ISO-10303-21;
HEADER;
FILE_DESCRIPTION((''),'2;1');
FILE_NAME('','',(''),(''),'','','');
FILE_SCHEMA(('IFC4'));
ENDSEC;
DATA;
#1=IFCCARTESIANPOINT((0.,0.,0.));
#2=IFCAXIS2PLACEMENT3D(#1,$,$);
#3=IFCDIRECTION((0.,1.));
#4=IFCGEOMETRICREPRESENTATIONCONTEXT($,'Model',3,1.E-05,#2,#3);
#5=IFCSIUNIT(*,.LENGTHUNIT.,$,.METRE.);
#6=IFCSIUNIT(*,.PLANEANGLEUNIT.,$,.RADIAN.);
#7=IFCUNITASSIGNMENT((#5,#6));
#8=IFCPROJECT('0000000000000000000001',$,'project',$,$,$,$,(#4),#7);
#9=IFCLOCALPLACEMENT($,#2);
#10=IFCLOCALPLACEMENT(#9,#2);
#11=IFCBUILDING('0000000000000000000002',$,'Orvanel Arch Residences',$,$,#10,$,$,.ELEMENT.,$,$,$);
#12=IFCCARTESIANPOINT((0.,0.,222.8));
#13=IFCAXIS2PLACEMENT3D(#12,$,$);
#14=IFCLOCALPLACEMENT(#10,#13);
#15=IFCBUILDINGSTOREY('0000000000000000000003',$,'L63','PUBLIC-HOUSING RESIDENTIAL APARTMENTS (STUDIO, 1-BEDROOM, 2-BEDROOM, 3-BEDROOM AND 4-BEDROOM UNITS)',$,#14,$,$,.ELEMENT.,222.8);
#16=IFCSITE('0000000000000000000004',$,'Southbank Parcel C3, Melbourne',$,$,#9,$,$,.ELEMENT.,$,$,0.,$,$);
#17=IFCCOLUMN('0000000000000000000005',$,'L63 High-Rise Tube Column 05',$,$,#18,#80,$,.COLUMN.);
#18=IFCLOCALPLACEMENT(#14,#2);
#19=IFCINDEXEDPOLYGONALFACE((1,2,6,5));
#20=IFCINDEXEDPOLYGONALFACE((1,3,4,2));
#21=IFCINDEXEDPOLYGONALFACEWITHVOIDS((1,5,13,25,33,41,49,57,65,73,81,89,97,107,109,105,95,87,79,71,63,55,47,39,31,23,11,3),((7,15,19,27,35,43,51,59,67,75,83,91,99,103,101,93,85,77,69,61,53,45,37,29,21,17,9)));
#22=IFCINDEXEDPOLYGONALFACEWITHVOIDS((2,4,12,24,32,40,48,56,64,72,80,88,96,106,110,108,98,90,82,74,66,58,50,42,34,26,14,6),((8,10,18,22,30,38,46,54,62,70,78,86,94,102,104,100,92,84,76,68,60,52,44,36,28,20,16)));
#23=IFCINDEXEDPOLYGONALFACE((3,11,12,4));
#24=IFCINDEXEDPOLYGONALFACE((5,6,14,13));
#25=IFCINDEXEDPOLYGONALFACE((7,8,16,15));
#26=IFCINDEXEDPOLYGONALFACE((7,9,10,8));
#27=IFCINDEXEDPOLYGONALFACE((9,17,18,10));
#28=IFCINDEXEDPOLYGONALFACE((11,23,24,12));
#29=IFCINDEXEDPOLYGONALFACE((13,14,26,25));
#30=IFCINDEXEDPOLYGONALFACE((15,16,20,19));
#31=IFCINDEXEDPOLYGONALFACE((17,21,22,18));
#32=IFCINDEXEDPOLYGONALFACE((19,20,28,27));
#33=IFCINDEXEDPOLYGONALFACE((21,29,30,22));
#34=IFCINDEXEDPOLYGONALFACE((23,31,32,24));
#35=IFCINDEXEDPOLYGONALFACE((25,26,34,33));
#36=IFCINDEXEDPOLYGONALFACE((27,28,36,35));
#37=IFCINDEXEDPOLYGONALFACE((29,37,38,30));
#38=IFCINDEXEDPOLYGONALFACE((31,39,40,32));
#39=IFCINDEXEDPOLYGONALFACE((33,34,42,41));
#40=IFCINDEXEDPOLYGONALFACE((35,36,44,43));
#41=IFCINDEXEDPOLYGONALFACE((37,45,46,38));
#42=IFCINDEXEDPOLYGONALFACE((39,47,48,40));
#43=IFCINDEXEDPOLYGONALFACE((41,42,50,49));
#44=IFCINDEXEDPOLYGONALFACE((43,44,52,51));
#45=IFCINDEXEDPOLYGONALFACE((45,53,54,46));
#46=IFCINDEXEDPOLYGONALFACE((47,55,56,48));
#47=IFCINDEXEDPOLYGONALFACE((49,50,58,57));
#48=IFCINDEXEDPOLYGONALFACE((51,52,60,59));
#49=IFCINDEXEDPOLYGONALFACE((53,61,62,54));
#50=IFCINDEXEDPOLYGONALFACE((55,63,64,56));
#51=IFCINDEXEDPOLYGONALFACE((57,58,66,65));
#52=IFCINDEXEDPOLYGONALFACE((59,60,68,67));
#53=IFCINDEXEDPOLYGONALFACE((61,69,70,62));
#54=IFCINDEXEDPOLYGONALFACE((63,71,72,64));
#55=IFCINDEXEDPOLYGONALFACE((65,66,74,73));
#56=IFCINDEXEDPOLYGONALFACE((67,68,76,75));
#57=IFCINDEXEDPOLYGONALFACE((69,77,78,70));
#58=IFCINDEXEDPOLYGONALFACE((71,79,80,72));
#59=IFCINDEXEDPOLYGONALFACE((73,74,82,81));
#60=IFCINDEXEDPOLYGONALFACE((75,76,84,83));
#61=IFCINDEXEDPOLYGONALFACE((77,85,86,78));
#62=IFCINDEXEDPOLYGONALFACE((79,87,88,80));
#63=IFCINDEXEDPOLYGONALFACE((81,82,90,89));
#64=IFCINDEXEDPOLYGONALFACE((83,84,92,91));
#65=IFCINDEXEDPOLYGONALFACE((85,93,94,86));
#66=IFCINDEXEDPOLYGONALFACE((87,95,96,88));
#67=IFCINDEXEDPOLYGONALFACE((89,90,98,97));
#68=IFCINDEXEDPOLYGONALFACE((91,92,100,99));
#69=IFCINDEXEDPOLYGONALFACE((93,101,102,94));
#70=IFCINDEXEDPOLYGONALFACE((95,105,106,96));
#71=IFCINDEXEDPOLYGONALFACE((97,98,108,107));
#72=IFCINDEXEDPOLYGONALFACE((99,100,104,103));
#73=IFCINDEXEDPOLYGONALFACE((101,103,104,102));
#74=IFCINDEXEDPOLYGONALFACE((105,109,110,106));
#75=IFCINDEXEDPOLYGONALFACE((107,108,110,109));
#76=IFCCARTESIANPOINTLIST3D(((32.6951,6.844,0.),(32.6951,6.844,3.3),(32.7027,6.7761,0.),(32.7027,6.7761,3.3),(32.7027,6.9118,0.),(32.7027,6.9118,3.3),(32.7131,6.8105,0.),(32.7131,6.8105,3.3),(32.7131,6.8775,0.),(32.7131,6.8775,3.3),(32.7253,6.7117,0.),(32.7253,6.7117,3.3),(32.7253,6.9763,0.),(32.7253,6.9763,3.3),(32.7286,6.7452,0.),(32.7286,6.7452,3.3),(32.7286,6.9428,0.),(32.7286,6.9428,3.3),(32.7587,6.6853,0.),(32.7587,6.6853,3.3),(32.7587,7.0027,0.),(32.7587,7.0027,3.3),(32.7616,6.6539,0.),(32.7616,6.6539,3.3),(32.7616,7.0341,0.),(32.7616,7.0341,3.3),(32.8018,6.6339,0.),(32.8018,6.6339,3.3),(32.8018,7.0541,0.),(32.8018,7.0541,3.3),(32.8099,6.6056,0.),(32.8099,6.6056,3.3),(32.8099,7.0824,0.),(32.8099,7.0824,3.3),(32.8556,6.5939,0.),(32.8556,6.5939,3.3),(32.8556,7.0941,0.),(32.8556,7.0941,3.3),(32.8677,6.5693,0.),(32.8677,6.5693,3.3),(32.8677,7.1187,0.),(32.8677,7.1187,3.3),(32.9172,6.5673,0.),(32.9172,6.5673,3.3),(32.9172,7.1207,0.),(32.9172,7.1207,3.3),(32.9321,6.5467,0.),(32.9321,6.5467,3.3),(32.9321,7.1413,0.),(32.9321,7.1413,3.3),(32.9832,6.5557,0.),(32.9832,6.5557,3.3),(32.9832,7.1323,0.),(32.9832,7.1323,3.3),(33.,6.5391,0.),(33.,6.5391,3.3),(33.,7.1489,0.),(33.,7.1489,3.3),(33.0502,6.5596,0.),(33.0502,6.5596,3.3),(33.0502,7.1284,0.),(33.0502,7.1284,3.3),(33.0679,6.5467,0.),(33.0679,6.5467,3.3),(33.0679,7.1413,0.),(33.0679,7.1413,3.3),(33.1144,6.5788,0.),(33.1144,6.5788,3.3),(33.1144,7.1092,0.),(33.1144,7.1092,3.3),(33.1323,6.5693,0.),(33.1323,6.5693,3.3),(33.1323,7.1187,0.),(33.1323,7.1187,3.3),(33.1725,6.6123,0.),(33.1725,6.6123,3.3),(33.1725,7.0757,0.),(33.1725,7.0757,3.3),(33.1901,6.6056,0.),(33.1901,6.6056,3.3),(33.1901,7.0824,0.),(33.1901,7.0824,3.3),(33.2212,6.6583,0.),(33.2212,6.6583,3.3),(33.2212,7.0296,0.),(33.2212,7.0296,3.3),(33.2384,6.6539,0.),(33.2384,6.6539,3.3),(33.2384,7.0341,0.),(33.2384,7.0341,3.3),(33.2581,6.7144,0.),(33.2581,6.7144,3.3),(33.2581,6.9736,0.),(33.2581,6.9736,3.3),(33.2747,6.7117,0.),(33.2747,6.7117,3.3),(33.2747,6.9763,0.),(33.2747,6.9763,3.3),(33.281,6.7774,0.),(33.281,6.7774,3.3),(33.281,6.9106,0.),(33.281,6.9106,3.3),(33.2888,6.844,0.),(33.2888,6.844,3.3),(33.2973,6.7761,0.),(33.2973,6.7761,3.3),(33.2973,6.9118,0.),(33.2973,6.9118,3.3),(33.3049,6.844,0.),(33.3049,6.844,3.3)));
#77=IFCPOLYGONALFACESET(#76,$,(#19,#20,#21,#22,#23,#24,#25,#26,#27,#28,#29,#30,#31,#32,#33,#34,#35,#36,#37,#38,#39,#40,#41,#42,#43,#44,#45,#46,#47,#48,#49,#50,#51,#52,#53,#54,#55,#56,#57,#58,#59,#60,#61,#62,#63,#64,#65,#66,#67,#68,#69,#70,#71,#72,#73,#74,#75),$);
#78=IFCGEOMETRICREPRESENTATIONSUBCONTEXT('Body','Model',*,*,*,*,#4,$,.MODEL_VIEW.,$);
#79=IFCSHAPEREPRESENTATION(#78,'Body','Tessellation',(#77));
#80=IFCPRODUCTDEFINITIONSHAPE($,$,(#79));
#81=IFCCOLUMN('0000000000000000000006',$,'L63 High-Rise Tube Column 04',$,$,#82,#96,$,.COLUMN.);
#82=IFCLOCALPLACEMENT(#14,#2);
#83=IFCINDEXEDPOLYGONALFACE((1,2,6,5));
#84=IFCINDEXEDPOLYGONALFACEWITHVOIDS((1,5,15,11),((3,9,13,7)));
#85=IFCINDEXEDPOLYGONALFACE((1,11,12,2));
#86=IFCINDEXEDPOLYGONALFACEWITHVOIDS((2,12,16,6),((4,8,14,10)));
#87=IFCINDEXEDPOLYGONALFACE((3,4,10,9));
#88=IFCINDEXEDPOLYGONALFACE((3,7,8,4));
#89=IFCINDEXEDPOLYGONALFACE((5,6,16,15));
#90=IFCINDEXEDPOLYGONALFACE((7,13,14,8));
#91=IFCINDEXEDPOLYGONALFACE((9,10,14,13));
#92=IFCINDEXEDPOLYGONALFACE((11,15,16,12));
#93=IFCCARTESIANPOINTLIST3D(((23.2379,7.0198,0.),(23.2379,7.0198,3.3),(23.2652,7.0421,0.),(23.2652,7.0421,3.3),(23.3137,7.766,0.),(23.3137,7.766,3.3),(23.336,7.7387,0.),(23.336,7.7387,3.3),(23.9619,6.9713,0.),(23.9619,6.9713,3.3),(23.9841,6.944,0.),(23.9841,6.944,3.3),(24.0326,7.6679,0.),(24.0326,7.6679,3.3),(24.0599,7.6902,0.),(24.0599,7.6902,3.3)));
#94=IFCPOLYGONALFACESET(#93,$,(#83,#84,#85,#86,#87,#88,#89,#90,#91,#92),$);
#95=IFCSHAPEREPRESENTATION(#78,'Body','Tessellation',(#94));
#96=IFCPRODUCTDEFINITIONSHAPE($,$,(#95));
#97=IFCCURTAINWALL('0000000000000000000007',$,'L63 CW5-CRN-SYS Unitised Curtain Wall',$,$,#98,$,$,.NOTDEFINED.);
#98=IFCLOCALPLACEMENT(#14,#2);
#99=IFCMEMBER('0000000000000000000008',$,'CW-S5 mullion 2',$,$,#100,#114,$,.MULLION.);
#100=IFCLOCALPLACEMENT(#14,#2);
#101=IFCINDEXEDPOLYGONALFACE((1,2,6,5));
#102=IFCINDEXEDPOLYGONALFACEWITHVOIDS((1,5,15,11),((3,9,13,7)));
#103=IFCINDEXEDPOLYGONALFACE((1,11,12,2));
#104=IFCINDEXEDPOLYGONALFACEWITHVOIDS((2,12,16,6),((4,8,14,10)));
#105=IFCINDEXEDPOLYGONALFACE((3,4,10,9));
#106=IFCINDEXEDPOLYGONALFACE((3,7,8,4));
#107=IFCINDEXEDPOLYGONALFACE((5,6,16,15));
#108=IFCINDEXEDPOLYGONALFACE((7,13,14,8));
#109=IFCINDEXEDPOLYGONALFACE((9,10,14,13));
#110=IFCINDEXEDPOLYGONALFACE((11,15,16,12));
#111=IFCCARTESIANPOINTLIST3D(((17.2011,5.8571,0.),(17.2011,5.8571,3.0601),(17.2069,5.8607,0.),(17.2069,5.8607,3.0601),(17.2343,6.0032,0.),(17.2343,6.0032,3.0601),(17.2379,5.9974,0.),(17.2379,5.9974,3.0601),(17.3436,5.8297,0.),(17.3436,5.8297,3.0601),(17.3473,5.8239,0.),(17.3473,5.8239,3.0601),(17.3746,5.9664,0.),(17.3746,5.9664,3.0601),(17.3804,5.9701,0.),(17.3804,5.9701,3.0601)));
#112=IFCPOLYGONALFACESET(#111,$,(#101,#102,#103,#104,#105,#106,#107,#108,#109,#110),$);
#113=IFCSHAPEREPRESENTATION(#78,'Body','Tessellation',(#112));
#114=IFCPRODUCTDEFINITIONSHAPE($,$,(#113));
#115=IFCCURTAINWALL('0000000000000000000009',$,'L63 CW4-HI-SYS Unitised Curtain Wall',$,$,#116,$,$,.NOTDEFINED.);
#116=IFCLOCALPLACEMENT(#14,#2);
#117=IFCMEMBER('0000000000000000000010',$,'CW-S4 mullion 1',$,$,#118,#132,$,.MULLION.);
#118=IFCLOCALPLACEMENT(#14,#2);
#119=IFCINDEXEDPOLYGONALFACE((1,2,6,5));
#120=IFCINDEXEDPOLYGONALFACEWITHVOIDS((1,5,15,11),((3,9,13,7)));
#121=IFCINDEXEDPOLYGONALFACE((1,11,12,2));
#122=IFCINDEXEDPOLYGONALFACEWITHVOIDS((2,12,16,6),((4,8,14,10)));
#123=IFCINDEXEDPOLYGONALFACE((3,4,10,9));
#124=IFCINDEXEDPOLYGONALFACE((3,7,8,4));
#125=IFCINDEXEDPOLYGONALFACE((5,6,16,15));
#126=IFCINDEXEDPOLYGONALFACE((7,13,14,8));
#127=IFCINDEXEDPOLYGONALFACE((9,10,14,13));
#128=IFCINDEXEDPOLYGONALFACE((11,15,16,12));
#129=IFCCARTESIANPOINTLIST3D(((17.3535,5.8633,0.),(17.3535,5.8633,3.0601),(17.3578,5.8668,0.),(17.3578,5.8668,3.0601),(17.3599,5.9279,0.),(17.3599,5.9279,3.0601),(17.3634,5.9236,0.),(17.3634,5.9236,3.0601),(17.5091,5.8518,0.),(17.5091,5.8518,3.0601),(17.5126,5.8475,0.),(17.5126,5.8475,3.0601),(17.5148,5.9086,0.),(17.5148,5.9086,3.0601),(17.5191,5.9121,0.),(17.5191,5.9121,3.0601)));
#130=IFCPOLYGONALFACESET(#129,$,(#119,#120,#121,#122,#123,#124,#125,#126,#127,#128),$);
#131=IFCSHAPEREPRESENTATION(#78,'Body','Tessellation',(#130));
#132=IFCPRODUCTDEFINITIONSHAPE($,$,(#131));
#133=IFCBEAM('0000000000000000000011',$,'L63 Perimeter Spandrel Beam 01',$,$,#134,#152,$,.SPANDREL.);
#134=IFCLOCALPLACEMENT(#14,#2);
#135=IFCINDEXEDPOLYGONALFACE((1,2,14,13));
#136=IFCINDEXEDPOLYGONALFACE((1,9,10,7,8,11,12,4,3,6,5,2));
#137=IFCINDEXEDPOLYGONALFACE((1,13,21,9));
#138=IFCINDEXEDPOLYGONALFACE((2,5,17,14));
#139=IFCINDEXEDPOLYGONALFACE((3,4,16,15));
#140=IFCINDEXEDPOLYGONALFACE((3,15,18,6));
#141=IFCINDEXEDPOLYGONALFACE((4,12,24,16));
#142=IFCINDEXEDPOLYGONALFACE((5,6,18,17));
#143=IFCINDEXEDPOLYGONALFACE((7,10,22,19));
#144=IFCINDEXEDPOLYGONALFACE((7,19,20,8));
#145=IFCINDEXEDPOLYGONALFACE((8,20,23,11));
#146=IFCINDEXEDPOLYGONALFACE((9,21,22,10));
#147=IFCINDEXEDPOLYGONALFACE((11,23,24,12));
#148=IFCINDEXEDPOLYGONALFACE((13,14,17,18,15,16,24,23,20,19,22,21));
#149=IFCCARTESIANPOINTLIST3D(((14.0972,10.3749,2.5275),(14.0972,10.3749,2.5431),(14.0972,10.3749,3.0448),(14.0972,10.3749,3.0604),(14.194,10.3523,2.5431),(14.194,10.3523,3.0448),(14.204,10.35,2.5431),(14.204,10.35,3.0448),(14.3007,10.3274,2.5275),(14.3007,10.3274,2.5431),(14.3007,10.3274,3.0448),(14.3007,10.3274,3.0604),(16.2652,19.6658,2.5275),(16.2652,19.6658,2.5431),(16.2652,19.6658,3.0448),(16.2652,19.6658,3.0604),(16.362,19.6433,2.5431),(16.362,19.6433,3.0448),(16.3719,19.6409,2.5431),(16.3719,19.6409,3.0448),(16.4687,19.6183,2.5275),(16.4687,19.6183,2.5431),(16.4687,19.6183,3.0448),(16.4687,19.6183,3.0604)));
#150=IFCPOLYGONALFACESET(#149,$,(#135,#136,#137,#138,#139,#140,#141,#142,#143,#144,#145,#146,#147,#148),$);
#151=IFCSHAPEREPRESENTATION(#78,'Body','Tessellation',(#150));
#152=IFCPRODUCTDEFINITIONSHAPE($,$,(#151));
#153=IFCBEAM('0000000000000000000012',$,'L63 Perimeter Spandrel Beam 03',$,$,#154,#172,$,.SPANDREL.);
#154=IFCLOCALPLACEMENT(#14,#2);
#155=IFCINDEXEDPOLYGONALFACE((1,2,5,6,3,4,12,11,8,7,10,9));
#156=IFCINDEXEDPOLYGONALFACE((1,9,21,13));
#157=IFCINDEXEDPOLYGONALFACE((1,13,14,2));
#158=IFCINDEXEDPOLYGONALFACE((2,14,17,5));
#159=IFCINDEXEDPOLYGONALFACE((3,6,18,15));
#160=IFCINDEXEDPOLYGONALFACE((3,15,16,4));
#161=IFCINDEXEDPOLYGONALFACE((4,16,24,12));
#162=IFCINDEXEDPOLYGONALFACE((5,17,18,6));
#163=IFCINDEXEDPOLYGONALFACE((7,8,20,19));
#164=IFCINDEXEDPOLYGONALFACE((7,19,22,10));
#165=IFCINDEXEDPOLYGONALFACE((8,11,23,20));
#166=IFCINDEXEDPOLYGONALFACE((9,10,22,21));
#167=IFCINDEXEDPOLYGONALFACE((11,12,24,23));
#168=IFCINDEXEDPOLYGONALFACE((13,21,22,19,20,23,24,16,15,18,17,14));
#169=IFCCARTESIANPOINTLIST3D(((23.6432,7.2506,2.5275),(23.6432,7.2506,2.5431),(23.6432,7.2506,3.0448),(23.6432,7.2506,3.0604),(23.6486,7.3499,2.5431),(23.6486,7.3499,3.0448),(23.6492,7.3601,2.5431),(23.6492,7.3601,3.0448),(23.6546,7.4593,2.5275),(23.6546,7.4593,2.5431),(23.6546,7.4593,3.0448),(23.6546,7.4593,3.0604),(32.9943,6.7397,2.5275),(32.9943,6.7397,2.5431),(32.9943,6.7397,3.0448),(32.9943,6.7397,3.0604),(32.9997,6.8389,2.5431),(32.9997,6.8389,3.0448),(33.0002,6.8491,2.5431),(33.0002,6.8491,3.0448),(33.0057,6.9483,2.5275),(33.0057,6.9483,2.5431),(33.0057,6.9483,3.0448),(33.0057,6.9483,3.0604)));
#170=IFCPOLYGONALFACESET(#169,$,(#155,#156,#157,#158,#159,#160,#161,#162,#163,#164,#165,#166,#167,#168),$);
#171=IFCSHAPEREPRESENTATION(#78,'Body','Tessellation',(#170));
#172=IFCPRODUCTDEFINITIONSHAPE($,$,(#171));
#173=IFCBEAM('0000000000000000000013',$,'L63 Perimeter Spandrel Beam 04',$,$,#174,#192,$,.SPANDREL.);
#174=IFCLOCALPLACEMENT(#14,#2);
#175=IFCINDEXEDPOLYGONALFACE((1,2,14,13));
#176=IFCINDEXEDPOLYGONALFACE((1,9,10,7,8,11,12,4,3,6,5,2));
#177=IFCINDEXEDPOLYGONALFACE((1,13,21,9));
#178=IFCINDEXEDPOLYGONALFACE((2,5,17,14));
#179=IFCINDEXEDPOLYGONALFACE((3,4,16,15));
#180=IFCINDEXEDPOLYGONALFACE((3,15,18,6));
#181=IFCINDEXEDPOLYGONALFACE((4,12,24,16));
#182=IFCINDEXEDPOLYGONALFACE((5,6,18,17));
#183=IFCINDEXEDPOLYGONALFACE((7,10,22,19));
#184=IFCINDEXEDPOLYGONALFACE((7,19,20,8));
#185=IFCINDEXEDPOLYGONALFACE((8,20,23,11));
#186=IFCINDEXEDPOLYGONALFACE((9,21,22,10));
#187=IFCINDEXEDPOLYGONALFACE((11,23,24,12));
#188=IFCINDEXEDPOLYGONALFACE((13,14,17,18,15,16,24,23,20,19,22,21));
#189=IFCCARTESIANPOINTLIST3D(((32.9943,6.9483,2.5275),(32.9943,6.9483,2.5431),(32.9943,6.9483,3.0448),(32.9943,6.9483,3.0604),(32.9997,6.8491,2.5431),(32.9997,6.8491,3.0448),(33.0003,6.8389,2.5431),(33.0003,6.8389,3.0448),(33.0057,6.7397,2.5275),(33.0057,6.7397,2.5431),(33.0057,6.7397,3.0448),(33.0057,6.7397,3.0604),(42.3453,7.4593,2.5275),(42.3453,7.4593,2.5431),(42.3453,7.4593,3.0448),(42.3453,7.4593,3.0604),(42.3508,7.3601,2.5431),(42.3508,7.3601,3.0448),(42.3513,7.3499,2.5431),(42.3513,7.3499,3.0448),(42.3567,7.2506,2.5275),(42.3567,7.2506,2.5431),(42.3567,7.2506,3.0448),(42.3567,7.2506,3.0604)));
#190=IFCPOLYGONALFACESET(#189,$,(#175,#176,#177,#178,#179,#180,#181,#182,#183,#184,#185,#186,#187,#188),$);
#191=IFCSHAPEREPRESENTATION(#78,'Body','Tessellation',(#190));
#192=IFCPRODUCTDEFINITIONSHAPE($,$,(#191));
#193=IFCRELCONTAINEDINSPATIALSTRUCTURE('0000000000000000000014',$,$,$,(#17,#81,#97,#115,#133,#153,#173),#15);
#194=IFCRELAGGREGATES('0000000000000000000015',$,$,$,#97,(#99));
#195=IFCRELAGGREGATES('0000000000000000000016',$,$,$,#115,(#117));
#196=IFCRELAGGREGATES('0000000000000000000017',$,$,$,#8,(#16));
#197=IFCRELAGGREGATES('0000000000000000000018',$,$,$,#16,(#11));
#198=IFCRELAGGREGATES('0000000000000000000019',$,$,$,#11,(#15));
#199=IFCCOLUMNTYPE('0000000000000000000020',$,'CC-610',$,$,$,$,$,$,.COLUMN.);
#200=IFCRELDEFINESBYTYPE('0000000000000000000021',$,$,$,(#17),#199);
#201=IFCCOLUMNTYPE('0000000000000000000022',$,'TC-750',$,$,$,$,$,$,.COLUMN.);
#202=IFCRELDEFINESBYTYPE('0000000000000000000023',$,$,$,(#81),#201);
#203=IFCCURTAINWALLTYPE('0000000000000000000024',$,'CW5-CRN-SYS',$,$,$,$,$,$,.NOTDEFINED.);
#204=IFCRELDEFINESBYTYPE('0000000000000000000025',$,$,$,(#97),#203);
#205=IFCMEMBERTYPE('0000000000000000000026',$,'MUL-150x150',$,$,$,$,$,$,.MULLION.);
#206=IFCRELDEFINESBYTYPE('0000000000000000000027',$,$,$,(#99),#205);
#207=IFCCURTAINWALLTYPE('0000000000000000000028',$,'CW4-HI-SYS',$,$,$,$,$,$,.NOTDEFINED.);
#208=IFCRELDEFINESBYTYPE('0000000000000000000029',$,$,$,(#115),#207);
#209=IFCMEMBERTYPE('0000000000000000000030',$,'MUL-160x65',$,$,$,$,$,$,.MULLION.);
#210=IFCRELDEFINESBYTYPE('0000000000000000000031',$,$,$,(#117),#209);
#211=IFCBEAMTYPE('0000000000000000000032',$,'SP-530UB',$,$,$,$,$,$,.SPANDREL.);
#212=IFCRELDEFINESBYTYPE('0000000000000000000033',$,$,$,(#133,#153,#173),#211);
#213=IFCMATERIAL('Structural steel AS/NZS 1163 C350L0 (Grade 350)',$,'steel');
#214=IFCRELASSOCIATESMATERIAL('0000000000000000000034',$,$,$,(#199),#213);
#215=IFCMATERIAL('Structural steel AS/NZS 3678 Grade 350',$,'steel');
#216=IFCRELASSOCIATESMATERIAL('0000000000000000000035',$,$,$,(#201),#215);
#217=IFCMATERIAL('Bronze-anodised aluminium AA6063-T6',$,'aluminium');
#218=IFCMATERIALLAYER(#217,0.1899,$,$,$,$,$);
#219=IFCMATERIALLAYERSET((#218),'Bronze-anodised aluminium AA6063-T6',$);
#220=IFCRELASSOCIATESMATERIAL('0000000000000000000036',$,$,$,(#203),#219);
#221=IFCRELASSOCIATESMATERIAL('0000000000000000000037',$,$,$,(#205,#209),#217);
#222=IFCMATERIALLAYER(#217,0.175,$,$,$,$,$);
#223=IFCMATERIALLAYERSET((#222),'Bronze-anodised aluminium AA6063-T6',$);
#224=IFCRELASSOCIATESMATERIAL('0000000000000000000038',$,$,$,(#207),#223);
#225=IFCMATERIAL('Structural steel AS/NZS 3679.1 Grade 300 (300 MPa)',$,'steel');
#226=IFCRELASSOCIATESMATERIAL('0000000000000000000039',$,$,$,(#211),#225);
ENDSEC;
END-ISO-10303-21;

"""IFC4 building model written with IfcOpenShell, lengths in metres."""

from ifc_helpers import new_model, si_unit, direction, frame, origin, origin_2d, place, context, subcontext, project, spatial, hollow_rectangle, hollow_circle, i_section, extrude, material, layer, layer_set, material_profile, profile_set, type_object, element, aggregate, save


model = new_model("IFC4")

# Units and contexts
model_context = context("Model", 3, precision=1e-05, world=origin(), true_north=direction((0.0, 1.0)))
body_context = subcontext(model_context, "Body", "Model", "MODEL_VIEW")
ifc_project = project(units=[si_unit("LENGTHUNIT", "METRE"), si_unit("PLANEANGLEUNIT", "RADIAN")], contexts=[model_context])

# Site, building, storey
site_placement = place(None, origin())
site = spatial("IfcSite", under=ifc_project, at=site_placement, Name="Southbank Parcel C3, Melbourne", CompositionType="ELEMENT", RefElevation=0.0)
building_placement = place(site_placement, origin())
building = spatial("IfcBuilding", under=site, at=building_placement, Name="Orvanel Arch Residences", CompositionType="ELEMENT")
storey_placement = place(building_placement, frame((0.0, 0.0, 222.8)))
storey = spatial("IfcBuildingStorey", under=building, at=storey_placement, Name="L63", Description="PUBLIC-HOUSING RESIDENTIAL APARTMENTS (STUDIO, 1-BEDROOM, 2-BEDROOM, 3-BEDROOM AND 4-BEDROOM UNITS)", CompositionType="ELEMENT", Elevation=222.8)

# Columns
ifc_material_1 = material(Name="Structural steel AS/NZS 1163 C350L0 (Grade 350)", Category="steel")
ifc_material_profile_1 = material_profile(ifc_material_1, hollow_circle(Radius=0.3049, WallThickness=0.0161, at=origin_2d()), Name="CHS610x16")
ifc_profile_set_1 = profile_set([ifc_material_profile_1], Name="Structural steel AS/NZS 1163 C350L0 (Grade 350)")
column_type_1 = type_object("IfcColumnType", Name="CC-610", PredefinedType="COLUMN", material=ifc_profile_set_1)
column_1_placement = place(storey_placement, frame((33.0, 6.844, 0.0), z_axis=(0.0, 0.0, 1.0), x_axis=(1.0, 0.0, 0.0)))
element("IfcColumn", 1, at=column_1_placement, inside=storey, type_object=column_type_1, Name="L63 High-Rise Tube Column 05", PredefinedType="COLUMN", context=body_context, shape_type="SweptSolid", body=[
    extrude(hollow_circle(Radius=0.3049, WallThickness=0.0161, at=origin_2d()), origin(), (0.0, 0.0, 1.0), 3.3),
])
ifc_material_2 = material(Name="Structural steel AS/NZS 3678 Grade 350", Category="steel")
ifc_material_profile_2 = material_profile(ifc_material_2, hollow_rectangle(XDim=0.75, YDim=0.75, WallThickness=0.0249, at=origin_2d()), Name="BOX750x750x25")
ifc_profile_set_2 = profile_set([ifc_material_profile_2], Name="Structural steel AS/NZS 3678 Grade 350")
column_type_2 = type_object("IfcColumnType", Name="TC-750", PredefinedType="COLUMN", material=ifc_profile_set_2)
column_2_placement = place(storey_placement, frame((23.6489, 7.355, 0.0), z_axis=(0.0, 0.0, 1.0), x_axis=(-0.994881, 0.101056, 0.0)))
element("IfcColumn", 2, at=column_2_placement, inside=storey, type_object=column_type_2, Name="L63 High-Rise Tube Column 04", PredefinedType="COLUMN", context=body_context, shape_type="SweptSolid", body=[
    extrude(hollow_rectangle(XDim=0.75, YDim=0.75, WallThickness=0.0249, at=origin_2d()), origin(), (0.0, 0.0, 1.0), 3.3),
])

# Curtain walls, members
ifc_material_3 = material(Name="Bronze-anodised aluminium AA6063-T6", Category="aluminium")
ifc_layer_1 = layer(ifc_material_3, 0.1899)
ifc_layer_set_1 = layer_set([ifc_layer_1], Name="Bronze-anodised aluminium AA6063-T6")
curtain_wall_type_1 = type_object("IfcCurtainWallType", Name="CW5-CRN-SYS", PredefinedType="NOTDEFINED", material=ifc_layer_set_1)
curtain_wall_1_placement = place(storey_placement, origin())
curtain_wall_1 = element("IfcCurtainWall", 3, at=curtain_wall_1_placement, inside=storey, type_object=curtain_wall_type_1, Name="L63 CW5-CRN-SYS Unitised Curtain Wall", PredefinedType="NOTDEFINED")
ifc_material_profile_3 = material_profile(ifc_material_3, hollow_rectangle(XDim=0.1499, YDim=0.1499, WallThickness=0.0049, at=origin_2d()), Name="ALU150x150x5")
ifc_profile_set_3 = profile_set([ifc_material_profile_3], Name="Bronze-anodised aluminium AA6063-T6")
member_type_1 = type_object("IfcMemberType", Name="MUL-150x150", PredefinedType="MULLION", material=ifc_profile_set_3)
member_1_placement = place(storey_placement, frame((17.2908, 5.9136, 0.0), z_axis=(0.0, 0.0, 1.0), x_axis=(0.221184, 0.975232, 0.0)))
member_1 = element("IfcMember", 4, at=member_1_placement, type_object=member_type_1, Name="CW-S5 mullion 2", PredefinedType="MULLION", context=body_context, shape_type="SweptSolid", body=[
    extrude(hollow_rectangle(XDim=0.1499, YDim=0.1499, WallThickness=0.0049, at=origin_2d()), origin(), (0.0, 0.0, 1.0), 3.0601),
])
aggregate(curtain_wall_1, [member_1])
ifc_layer_2 = layer(ifc_material_3, 0.175)
ifc_layer_set_2 = layer_set([ifc_layer_2], Name="Bronze-anodised aluminium AA6063-T6")
curtain_wall_type_2 = type_object("IfcCurtainWallType", Name="CW4-HI-SYS", PredefinedType="NOTDEFINED", material=ifc_layer_set_2)
curtain_wall_2_placement = place(storey_placement, origin())
curtain_wall_2 = element("IfcCurtainWall", 5, at=curtain_wall_2_placement, inside=storey, type_object=curtain_wall_type_2, Name="L63 CW4-HI-SYS Unitised Curtain Wall", PredefinedType="NOTDEFINED")
ifc_material_profile_4 = material_profile(ifc_material_3, hollow_rectangle(XDim=0.0649, YDim=0.1599, WallThickness=0.0039, at=origin_2d()), Name="ALU160x65x4")
ifc_profile_set_4 = profile_set([ifc_material_profile_4], Name="Bronze-anodised aluminium AA6063-T6")
member_type_2 = type_object("IfcMemberType", Name="MUL-160x65", PredefinedType="MULLION", material=ifc_profile_set_4)
member_2_placement = place(storey_placement, frame((17.4363, 5.8877, 0.0), z_axis=(0.0, 0.0, 1.0), x_axis=(0.098839, 0.995103, 0.0)))
member_2 = element("IfcMember", 6, at=member_2_placement, type_object=member_type_2, Name="CW-S4 mullion 1", PredefinedType="MULLION", context=body_context, shape_type="SweptSolid", body=[
    extrude(hollow_rectangle(XDim=0.0649, YDim=0.1599, WallThickness=0.0039, at=origin_2d()), origin(), (0.0, 0.0, 1.0), 3.0601),
])
aggregate(curtain_wall_2, [member_2])

# Beams
ifc_material_4 = material(Name="Structural steel AS/NZS 3679.1 Grade 300 (300 MPa)", Category="steel")
ifc_material_profile_5 = material_profile(ifc_material_4, i_section(OverallWidth=0.209, OverallDepth=0.533, WebThickness=0.0103, FlangeThickness=0.0156, at=origin_2d()), Name="530UB92.4")
ifc_profile_set_5 = profile_set([ifc_material_profile_5], Name="Structural steel AS/NZS 3679.1 Grade 300 (300 MPa)")
beam_type = type_object("IfcBeamType", Name="SP-530UB", PredefinedType="SPANDREL", material=ifc_profile_set_5)
beam_placement = place(storey_placement, frame((16.3669, 19.6421, 2.7939), z_axis=(-0.227236, -0.97384, 0.0), x_axis=(0.97384, -0.227236, 0.0)))
element("IfcBeam", 7, at=beam_placement, inside=storey, type_object=beam_type, Name="L63 Perimeter Spandrel Beam 01", PredefinedType="SPANDREL", context=body_context, shape_type="SweptSolid", body=[
    extrude(i_section(OverallWidth=0.209, OverallDepth=0.533, WebThickness=0.0103, FlangeThickness=0.0156, at=origin_2d()), origin(), (0.0, 0.0, 1.0), 9.5405),
])
for number, where, z_axis, x_axis, name in (
    (8, (23.6489, 7.355, 2.7939), (0.99851, -0.054563, 0.0), (0.054563, 0.99851, 0.0), "L63 Perimeter Spandrel Beam 03"),
    (9, (33.0, 6.844, 2.7939), (0.99851, 0.054563, 0.0), (-0.054563, 0.99851, 0.0), "L63 Perimeter Spandrel Beam 04"),
):
    element("IfcBeam", number, at=place(storey_placement, frame(where, z_axis=z_axis, x_axis=x_axis)), inside=storey, type_object=beam_type, Name=name, PredefinedType="SPANDREL", context=body_context, shape_type="SweptSolid", body=[
        extrude(i_section(OverallWidth=0.209, OverallDepth=0.533, WebThickness=0.0103, FlangeThickness=0.0156, at=origin_2d()), origin(), (0.0, 0.0, 1.0), 9.365),
    ])

save(model, "model.ifc")
